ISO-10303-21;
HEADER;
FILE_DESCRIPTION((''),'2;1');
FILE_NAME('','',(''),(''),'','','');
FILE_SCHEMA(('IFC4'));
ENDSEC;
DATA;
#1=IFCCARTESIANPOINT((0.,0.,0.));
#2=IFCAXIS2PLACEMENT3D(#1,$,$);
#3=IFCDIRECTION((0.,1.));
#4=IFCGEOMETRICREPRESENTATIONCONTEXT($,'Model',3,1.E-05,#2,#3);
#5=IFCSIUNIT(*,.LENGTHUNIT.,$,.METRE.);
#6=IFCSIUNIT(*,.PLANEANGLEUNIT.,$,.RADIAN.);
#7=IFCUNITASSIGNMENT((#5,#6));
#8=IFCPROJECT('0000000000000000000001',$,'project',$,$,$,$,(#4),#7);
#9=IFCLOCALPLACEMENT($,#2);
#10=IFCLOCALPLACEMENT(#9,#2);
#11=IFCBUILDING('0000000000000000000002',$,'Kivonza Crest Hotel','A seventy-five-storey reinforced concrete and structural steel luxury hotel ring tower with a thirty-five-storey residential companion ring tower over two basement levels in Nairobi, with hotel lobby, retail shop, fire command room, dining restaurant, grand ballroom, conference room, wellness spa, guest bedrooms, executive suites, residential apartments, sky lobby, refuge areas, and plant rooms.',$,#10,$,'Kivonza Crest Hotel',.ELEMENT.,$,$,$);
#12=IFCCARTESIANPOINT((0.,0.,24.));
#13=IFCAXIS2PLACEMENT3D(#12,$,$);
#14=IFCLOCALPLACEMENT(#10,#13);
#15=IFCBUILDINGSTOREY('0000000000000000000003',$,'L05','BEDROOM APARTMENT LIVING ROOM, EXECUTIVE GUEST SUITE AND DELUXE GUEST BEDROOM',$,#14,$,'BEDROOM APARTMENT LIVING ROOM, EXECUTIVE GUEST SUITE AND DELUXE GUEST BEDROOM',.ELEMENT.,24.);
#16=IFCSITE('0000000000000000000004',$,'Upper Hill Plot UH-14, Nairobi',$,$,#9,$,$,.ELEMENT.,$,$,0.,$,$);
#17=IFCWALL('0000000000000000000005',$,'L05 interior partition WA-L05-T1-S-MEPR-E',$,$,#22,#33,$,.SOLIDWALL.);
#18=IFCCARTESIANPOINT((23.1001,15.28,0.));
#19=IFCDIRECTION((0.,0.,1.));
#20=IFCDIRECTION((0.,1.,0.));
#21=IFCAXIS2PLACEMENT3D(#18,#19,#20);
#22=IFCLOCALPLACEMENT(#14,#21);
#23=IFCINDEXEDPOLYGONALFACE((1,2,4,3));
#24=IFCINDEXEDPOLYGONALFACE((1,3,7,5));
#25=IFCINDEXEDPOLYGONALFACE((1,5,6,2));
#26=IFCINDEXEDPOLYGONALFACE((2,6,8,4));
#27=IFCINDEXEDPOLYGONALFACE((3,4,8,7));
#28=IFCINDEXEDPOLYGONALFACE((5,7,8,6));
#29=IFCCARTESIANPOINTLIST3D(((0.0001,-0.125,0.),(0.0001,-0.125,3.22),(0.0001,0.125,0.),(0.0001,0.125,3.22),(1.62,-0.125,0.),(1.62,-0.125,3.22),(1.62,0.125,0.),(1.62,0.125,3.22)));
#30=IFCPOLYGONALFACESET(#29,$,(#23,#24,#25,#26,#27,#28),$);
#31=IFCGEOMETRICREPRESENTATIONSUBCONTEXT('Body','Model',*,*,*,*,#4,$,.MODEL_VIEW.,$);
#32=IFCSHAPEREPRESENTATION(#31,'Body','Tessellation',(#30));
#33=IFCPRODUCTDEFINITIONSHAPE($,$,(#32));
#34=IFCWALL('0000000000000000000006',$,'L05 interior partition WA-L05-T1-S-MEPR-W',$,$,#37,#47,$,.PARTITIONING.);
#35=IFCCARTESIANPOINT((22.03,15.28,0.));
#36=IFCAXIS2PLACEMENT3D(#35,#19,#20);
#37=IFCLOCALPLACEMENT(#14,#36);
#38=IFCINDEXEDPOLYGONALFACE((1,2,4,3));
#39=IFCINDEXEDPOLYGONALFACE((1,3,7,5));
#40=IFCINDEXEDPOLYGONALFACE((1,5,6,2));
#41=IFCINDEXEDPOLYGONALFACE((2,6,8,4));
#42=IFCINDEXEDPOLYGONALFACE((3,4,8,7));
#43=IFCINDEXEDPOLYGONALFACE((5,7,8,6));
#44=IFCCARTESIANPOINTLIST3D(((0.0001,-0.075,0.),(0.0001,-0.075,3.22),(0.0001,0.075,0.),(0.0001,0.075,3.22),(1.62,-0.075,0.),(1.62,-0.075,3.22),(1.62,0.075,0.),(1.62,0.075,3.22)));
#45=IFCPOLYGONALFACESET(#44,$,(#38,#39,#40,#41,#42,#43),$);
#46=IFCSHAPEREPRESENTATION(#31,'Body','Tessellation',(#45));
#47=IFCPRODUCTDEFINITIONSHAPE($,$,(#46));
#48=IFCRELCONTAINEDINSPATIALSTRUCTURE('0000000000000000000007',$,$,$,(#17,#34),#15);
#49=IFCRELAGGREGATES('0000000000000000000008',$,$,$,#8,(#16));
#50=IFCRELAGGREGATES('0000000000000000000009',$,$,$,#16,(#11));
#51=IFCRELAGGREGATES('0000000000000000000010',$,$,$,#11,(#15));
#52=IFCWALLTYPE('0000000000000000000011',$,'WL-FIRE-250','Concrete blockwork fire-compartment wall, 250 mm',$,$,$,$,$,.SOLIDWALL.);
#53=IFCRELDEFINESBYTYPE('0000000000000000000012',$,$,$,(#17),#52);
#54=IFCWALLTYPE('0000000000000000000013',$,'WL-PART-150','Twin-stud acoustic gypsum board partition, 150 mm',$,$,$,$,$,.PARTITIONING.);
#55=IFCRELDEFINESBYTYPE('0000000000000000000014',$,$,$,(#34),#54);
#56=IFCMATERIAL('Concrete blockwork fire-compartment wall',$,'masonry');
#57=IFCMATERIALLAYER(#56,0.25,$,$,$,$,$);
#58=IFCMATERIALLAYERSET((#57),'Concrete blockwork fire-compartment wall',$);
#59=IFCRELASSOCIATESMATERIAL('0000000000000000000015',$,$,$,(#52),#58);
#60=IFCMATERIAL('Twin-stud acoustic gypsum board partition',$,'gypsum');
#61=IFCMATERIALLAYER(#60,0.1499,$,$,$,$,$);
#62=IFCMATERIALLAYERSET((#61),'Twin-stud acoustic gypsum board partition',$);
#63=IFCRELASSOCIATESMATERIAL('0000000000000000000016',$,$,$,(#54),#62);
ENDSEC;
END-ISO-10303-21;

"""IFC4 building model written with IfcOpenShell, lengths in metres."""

from ifc_helpers import new_model, si_unit, direction, frame, frame_2d, origin, place, context, subcontext, project, spatial, rectangle, extrude, material, layer, layer_set, type_object, element, save


model = new_model("IFC4")

# Units and contexts
model_context = context("Model", 3, precision=1e-05, world=origin(), true_north=direction((0.0, 1.0)))
body_context = subcontext(model_context, "Body", "Model", "MODEL_VIEW")
ifc_project = project(units=[si_unit("LENGTHUNIT", "METRE"), si_unit("PLANEANGLEUNIT", "RADIAN")], contexts=[model_context])

# Site, building, storey
site_placement = place(None, origin())
site = spatial("IfcSite", under=ifc_project, at=site_placement, Name="Upper Hill Plot UH-14, Nairobi", CompositionType="ELEMENT", RefElevation=0.0)
building_placement = place(site_placement, origin())
building = spatial("IfcBuilding", under=site, at=building_placement, Name="Kivonza Crest Hotel", Description="A seventy-five-storey reinforced concrete and structural steel luxury hotel ring tower with a thirty-five-storey residential companion ring tower over two basement levels in Nairobi, with hotel lobby, retail shop, fire command room, dining restaurant, grand ballroom, conference room, wellness spa, guest bedrooms, executive suites, residential apartments, sky lobby, refuge areas, and plant rooms.", LongName="Kivonza Crest Hotel", CompositionType="ELEMENT")
storey_placement = place(building_placement, frame((0.0, 0.0, 24.0)))
storey = spatial("IfcBuildingStorey", under=building, at=storey_placement, Name="L05", Description="BEDROOM APARTMENT LIVING ROOM, EXECUTIVE GUEST SUITE AND DELUXE GUEST BEDROOM", LongName="BEDROOM APARTMENT LIVING ROOM, EXECUTIVE GUEST SUITE AND DELUXE GUEST BEDROOM", CompositionType="ELEMENT", Elevation=24.0)

# Walls
ifc_material_1 = material(Name="Concrete blockwork fire-compartment wall", Category="masonry")
ifc_layer_1 = layer(ifc_material_1, 0.25)
ifc_layer_set_1 = layer_set([ifc_layer_1], Name="Concrete blockwork fire-compartment wall")
wall_type_1 = type_object("IfcWallType", Name="WL-FIRE-250", Description="Concrete blockwork fire-compartment wall, 250 mm", PredefinedType="SOLIDWALL", material=ifc_layer_set_1)
wall_1_placement = place(storey_placement, frame((23.1001, 15.28, 0.0), z_axis=(0.0, 0.0, 1.0), x_axis=(0.0, 1.0, 0.0)))
element("IfcWall", 1, at=wall_1_placement, inside=storey, type_object=wall_type_1, Name="L05 interior partition WA-L05-T1-S-MEPR-E", PredefinedType="SOLIDWALL", context=body_context, shape_type="SweptSolid", body=[
    extrude(rectangle(XDim=1.6199, YDim=0.25, at=frame_2d((0.8101, 0.0))), origin(), (0.0, 0.0, 1.0), 3.22),
])
ifc_material_2 = material(Name="Twin-stud acoustic gypsum board partition", Category="gypsum")
ifc_layer_2 = layer(ifc_material_2, 0.1499)
ifc_layer_set_2 = layer_set([ifc_layer_2], Name="Twin-stud acoustic gypsum board partition")
wall_type_2 = type_object("IfcWallType", Name="WL-PART-150", Description="Twin-stud acoustic gypsum board partition, 150 mm", PredefinedType="PARTITIONING", material=ifc_layer_set_2)
wall_2_placement = place(storey_placement, frame((22.03, 15.28, 0.0), z_axis=(0.0, 0.0, 1.0), x_axis=(0.0, 1.0, 0.0)))
element("IfcWall", 2, at=wall_2_placement, inside=storey, type_object=wall_type_2, Name="L05 interior partition WA-L05-T1-S-MEPR-W", PredefinedType="PARTITIONING", context=body_context, shape_type="SweptSolid", body=[
    extrude(rectangle(XDim=1.6199, YDim=0.1499, at=frame_2d((0.8101, 0.0))), origin(), (0.0, 0.0, 1.0), 3.22),
])

save(model, "model.ifc")
